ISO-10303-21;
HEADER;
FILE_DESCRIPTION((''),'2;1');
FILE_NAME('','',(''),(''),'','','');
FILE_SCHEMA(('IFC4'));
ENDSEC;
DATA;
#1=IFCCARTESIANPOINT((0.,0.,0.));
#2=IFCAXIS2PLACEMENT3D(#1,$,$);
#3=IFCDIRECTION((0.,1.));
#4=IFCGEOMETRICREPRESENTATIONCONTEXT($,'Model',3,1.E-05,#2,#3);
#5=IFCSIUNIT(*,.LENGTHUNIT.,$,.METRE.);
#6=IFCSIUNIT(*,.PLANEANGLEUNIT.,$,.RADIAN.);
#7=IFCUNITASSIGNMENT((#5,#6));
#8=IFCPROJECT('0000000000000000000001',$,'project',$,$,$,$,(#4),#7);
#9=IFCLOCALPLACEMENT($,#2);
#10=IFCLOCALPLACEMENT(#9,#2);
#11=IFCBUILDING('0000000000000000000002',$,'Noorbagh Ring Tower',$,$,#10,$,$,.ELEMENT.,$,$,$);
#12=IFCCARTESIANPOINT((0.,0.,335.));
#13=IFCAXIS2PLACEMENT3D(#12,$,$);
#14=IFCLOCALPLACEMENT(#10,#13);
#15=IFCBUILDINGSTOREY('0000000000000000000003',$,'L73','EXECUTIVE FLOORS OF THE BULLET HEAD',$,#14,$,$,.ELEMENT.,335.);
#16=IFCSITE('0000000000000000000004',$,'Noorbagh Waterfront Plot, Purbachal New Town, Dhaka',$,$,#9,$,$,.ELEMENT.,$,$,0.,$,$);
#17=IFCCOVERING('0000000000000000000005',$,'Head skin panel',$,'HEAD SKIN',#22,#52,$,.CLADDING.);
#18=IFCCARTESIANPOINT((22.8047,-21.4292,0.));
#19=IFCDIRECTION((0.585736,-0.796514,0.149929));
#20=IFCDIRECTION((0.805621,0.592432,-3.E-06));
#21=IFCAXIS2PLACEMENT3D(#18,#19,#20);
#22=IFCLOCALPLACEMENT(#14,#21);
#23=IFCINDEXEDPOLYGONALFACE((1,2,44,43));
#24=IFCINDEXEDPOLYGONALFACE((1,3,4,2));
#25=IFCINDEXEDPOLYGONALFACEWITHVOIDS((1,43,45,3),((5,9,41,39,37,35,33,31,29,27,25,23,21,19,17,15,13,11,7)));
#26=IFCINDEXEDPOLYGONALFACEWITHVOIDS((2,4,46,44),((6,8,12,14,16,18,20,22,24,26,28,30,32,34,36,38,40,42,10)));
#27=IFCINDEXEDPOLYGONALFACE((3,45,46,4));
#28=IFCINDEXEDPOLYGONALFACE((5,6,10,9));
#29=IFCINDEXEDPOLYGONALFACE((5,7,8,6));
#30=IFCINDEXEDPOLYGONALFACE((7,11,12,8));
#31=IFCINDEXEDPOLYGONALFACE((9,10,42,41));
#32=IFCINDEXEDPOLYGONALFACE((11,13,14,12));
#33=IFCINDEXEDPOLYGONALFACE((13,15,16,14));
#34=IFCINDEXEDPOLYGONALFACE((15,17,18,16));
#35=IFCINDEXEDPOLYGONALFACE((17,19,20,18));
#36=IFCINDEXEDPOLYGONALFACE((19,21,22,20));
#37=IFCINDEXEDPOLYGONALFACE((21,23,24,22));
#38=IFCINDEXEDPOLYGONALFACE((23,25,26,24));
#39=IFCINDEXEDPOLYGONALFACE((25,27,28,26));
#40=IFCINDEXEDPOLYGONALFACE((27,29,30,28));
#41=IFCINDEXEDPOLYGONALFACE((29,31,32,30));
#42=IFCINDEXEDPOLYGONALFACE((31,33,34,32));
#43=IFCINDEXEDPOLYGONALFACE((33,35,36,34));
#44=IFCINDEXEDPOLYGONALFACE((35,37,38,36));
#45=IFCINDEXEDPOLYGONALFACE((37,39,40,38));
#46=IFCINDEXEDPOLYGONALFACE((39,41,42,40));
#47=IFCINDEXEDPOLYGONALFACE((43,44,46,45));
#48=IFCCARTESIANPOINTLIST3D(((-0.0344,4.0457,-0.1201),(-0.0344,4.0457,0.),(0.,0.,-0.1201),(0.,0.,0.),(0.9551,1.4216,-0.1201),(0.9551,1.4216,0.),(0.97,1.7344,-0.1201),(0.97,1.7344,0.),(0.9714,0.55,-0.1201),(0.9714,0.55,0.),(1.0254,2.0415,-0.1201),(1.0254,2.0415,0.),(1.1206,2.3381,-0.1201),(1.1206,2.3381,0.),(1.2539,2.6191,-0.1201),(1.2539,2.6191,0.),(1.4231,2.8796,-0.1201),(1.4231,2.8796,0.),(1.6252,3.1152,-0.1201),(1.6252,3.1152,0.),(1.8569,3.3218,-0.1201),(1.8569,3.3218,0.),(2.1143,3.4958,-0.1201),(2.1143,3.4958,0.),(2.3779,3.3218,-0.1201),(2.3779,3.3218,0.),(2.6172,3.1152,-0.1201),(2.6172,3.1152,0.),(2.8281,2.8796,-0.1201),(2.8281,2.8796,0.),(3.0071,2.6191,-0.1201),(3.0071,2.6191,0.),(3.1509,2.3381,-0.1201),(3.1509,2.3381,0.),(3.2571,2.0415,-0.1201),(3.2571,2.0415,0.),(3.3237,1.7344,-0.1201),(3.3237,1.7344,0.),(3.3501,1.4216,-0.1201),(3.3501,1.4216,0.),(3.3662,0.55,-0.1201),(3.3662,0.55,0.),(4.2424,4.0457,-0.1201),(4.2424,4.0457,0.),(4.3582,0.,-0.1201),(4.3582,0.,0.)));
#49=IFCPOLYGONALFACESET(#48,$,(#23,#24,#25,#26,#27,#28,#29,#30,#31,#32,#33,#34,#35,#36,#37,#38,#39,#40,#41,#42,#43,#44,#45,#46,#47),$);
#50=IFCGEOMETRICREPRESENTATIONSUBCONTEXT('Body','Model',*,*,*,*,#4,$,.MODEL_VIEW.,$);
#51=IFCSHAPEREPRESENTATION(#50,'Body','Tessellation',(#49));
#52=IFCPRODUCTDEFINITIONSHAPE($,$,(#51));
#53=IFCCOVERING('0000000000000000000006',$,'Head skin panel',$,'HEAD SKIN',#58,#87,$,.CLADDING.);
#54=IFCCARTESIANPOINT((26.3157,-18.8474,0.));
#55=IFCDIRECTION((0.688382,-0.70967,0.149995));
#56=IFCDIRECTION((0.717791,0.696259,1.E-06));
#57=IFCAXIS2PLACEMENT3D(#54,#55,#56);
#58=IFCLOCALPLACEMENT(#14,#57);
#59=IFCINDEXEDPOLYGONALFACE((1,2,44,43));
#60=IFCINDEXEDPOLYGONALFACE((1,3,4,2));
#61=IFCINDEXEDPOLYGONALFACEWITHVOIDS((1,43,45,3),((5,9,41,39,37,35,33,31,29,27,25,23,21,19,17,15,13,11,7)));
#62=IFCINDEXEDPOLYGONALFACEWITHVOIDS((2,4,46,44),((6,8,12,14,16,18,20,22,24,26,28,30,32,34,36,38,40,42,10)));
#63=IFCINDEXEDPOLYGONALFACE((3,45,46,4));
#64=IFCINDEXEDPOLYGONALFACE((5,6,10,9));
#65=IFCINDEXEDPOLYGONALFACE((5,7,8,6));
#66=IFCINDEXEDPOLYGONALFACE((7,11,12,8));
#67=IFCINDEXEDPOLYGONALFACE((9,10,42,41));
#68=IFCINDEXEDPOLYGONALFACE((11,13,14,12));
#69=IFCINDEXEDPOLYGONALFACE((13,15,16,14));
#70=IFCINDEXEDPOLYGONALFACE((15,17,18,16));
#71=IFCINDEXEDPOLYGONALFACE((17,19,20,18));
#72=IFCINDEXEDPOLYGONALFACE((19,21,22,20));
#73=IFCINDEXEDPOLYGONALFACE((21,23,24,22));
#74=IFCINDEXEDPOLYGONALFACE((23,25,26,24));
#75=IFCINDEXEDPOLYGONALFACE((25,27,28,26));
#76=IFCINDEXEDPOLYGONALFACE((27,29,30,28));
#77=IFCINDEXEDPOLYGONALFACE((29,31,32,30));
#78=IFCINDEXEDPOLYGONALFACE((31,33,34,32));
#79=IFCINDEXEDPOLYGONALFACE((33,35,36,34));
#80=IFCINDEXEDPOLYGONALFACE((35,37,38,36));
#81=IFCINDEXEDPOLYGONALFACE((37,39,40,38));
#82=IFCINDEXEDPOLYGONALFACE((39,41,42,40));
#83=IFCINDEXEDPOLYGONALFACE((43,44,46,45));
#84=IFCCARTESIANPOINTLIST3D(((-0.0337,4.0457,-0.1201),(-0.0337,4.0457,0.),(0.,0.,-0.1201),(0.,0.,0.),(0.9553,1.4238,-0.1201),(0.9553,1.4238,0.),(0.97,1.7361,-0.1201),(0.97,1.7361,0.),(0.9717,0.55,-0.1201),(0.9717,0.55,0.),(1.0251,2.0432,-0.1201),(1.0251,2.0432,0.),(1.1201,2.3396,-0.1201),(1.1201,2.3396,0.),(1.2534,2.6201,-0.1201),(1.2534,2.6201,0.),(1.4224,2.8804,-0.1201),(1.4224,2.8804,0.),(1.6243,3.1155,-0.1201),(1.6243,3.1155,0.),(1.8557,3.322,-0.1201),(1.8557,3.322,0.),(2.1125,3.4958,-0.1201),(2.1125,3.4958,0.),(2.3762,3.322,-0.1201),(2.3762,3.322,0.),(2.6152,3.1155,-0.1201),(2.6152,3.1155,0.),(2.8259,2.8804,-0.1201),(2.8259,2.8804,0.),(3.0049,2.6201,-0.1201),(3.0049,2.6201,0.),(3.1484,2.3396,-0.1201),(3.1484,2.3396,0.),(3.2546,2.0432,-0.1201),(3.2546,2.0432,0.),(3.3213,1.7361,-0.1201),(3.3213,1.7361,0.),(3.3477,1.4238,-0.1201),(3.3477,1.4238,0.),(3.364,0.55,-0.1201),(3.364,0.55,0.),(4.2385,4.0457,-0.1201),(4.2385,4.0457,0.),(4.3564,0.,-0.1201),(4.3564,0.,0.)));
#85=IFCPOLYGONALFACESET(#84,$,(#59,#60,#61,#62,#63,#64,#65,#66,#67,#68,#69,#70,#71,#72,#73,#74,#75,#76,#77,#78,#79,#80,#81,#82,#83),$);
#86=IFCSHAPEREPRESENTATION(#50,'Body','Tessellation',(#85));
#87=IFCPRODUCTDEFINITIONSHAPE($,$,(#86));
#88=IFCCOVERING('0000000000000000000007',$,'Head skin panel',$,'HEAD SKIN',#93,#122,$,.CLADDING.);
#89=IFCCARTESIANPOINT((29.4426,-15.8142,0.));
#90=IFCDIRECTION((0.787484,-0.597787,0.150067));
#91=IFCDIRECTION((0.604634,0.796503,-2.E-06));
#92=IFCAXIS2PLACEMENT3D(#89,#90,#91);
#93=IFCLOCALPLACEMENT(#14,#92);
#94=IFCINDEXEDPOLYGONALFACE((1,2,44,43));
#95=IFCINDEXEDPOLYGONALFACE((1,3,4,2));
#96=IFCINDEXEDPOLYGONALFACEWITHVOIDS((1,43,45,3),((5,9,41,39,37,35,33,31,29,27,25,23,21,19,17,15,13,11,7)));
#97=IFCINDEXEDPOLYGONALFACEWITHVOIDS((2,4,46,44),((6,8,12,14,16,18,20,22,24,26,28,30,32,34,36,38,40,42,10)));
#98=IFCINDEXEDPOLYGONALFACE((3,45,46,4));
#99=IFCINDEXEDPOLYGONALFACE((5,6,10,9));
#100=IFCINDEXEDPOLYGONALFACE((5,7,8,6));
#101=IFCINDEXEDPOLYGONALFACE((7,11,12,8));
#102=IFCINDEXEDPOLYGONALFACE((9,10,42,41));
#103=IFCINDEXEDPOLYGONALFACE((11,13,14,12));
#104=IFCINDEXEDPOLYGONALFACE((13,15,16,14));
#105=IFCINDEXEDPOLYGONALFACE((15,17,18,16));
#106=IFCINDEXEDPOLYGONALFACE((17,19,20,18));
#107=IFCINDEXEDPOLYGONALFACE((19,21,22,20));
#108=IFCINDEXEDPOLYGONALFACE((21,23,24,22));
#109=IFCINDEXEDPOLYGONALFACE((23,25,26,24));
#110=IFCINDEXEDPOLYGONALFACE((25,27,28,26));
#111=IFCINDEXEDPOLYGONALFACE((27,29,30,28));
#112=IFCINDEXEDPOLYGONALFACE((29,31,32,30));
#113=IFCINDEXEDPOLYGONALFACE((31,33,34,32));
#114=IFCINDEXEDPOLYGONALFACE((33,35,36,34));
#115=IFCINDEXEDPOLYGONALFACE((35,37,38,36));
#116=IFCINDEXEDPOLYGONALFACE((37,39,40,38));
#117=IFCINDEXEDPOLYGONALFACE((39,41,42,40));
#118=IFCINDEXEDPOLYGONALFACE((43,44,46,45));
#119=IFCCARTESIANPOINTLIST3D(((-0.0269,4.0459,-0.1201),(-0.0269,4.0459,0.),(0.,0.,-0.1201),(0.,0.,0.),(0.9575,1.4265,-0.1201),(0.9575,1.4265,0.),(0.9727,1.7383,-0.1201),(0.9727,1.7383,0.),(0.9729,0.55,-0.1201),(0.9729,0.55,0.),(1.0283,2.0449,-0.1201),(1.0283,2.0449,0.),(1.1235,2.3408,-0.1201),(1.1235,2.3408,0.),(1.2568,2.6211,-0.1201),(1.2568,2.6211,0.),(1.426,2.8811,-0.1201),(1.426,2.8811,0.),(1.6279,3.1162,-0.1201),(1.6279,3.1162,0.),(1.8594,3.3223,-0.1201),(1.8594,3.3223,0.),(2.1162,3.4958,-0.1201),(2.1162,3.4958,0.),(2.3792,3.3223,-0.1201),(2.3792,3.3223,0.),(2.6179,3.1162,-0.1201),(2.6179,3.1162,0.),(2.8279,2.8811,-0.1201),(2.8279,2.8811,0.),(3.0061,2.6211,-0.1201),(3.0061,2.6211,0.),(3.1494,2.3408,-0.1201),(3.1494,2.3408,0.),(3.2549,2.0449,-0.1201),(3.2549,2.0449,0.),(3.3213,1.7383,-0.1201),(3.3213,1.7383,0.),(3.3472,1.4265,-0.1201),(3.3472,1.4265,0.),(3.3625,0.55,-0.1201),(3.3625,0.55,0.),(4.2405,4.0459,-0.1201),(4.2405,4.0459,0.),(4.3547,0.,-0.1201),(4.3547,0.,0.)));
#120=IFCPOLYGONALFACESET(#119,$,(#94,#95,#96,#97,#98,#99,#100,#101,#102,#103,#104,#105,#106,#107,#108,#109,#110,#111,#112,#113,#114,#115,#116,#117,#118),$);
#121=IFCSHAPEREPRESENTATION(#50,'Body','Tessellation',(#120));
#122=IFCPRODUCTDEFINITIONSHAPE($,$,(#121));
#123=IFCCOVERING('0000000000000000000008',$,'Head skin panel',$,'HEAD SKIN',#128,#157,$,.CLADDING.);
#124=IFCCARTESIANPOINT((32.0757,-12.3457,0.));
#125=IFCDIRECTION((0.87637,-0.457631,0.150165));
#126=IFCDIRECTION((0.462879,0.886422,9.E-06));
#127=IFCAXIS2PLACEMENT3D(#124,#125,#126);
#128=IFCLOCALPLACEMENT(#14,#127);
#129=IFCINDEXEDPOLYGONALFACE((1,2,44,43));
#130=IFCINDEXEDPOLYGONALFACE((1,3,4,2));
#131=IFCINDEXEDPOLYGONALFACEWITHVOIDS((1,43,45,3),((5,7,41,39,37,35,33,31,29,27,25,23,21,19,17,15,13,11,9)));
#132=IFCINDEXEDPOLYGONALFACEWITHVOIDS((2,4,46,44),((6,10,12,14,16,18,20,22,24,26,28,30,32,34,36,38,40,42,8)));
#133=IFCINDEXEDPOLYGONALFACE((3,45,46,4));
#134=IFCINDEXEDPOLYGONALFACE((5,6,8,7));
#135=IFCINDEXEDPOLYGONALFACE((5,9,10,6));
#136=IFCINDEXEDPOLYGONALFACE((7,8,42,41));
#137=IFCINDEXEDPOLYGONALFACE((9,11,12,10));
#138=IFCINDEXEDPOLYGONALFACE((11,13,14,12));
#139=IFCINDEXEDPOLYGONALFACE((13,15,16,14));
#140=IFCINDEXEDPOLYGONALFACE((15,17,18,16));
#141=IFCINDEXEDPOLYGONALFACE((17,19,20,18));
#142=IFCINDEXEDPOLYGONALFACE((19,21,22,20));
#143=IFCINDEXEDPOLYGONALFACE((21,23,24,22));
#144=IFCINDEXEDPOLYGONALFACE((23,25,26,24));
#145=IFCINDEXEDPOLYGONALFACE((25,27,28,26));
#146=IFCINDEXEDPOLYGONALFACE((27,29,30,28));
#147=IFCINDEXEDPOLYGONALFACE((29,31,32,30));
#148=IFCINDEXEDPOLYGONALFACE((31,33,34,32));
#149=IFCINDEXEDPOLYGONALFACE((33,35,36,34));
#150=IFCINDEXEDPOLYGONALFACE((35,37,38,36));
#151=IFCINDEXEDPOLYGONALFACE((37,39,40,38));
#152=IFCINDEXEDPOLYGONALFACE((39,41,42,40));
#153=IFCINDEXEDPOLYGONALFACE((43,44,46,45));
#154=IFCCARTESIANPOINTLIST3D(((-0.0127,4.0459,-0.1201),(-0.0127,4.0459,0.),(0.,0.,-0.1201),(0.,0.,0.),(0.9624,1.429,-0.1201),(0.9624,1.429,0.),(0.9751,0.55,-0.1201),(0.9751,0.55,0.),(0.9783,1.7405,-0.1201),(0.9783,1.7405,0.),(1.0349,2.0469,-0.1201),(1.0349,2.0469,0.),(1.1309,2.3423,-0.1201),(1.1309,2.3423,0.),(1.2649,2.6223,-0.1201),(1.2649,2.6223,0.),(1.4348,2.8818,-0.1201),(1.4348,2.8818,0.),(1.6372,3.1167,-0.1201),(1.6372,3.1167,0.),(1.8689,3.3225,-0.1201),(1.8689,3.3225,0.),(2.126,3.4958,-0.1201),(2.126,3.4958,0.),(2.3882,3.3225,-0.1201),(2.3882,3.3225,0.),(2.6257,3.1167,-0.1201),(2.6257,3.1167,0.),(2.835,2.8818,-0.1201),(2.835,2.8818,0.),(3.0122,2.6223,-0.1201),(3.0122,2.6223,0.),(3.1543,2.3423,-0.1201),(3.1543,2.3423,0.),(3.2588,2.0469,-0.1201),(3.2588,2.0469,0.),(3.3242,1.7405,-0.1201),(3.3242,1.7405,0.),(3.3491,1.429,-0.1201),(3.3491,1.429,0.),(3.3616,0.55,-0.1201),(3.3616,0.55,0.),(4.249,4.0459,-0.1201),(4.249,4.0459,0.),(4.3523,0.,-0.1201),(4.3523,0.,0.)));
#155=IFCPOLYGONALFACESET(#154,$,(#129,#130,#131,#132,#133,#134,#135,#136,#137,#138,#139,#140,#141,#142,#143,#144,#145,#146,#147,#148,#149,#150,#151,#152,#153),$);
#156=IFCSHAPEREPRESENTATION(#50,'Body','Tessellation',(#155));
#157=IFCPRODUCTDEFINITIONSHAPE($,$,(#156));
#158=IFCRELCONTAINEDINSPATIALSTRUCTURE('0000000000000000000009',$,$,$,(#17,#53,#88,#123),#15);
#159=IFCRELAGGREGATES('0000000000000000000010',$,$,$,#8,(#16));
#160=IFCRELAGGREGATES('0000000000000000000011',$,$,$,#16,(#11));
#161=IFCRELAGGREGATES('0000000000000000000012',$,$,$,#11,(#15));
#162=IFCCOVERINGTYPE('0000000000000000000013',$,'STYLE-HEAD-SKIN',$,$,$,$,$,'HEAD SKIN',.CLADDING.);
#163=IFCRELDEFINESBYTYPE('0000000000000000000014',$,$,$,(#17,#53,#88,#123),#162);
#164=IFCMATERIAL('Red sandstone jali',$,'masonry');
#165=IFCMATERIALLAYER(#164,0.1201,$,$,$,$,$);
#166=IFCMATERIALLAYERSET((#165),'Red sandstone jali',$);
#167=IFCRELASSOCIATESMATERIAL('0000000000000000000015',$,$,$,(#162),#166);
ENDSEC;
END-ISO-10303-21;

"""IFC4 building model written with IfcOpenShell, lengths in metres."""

from ifc_helpers import new_model, si_unit, direction, frame, origin, place, context, subcontext, project, spatial, polyline, outline, extrude, material, layer, layer_set, type_object, element, save


model = new_model("IFC4")

# Units and contexts
model_context = context("Model", 3, precision=1e-05, world=origin(), true_north=direction((0.0, 1.0)))
body_context = subcontext(model_context, "Body", "Model", "MODEL_VIEW")
ifc_project = project(units=[si_unit("LENGTHUNIT", "METRE"), si_unit("PLANEANGLEUNIT", "RADIAN")], contexts=[model_context])

# Site, building, storey
site_placement = place(None, origin())
site = spatial("IfcSite", under=ifc_project, at=site_placement, Name="Noorbagh Waterfront Plot, Purbachal New Town, Dhaka", CompositionType="ELEMENT", RefElevation=0.0)
building_placement = place(site_placement, origin())
building = spatial("IfcBuilding", under=site, at=building_placement, Name="Noorbagh Ring Tower", CompositionType="ELEMENT")
storey_placement = place(building_placement, frame((0.0, 0.0, 335.0)))
storey = spatial("IfcBuildingStorey", under=building, at=storey_placement, Name="L73", Description="EXECUTIVE FLOORS OF THE BULLET HEAD", CompositionType="ELEMENT", Elevation=335.0)

# Coverings
ifc_material_1 = material(Name="Red sandstone jali", Category="masonry")
ifc_layer_1 = layer(ifc_material_1, 0.1201)
ifc_layer_set_1 = layer_set([ifc_layer_1], Name="Red sandstone jali")
covering_type_1 = type_object("IfcCoveringType", Name="STYLE-HEAD-SKIN", ElementType="HEAD SKIN", PredefinedType="CLADDING", material=ifc_layer_set_1)
covering_1_placement = place(storey_placement, frame((22.8047, -21.4292, 0.0), z_axis=(0.585736, -0.796514, 0.149929), x_axis=(0.805621, 0.592432, -0.000003)))
element("IfcCovering", 1, at=covering_1_placement, inside=storey, type_object=covering_type_1, Name="Head skin panel", ObjectType="HEAD SKIN", PredefinedType="CLADDING", context=body_context, shape_type="SweptSolid", body=[
    extrude(outline(polyline([(0.0, 0.0), (4.3582, 0.0), (4.2424, 4.0457), (-0.0344, 4.0457), (0.0, 0.0)]), holes=[polyline([(0.9714, 0.55), (0.9551, 1.4216), (0.97, 1.7344), (1.0254, 2.0415), (1.1206, 2.3381), (1.2539, 2.6191), (1.4231, 2.8796), (1.6252, 3.1152), (1.8569, 3.3218), (2.1143, 3.4958), (2.3779, 3.3218), (2.6172, 3.1152), (2.8281, 2.8796), (3.0071, 2.6191), (3.1509, 2.3381), (3.2571, 2.0415), (3.3237, 1.7344), (3.3501, 1.4216), (3.3662, 0.55), (0.9714, 0.55)])]), origin(), (0.0, 0.0, -1.0), 0.1201),
])
covering_2_placement = place(storey_placement, frame((26.3157, -18.8474, 0.0), z_axis=(0.688382, -0.70967, 0.149995), x_axis=(0.717791, 0.696259, 0.000001)))
element("IfcCovering", 2, at=covering_2_placement, inside=storey, type_object=covering_type_1, Name="Head skin panel", ObjectType="HEAD SKIN", PredefinedType="CLADDING", context=body_context, shape_type="SweptSolid", body=[
    extrude(outline(polyline([(0.0, 0.0), (4.3564, 0.0), (4.2385, 4.0457), (-0.0337, 4.0457), (0.0, 0.0)]), holes=[polyline([(0.9717, 0.55), (0.9553, 1.4238), (0.97, 1.7361), (1.0251, 2.0432), (1.1201, 2.3396), (1.2534, 2.6201), (1.4224, 2.8804), (1.6243, 3.1155), (1.8557, 3.322), (2.1125, 3.4958), (2.3762, 3.322), (2.6152, 3.1155), (2.8259, 2.8804), (3.0049, 2.6201), (3.1484, 2.3396), (3.2546, 2.0432), (3.3213, 1.7361), (3.3477, 1.4238), (3.364, 0.55), (0.9717, 0.55)])]), origin(), (0.0, 0.0, -1.0), 0.1201),
])
covering_3_placement = place(storey_placement, frame((29.4426, -15.8142, 0.0), z_axis=(0.787484, -0.597787, 0.150067), x_axis=(0.604634, 0.796503, -0.000002)))
element("IfcCovering", 3, at=covering_3_placement, inside=storey, type_object=covering_type_1, Name="Head skin panel", ObjectType="HEAD SKIN", PredefinedType="CLADDING", context=body_context, shape_type="SweptSolid", body=[
    extrude(outline(polyline([(0.0, 0.0), (4.3547, 0.0), (4.2405, 4.0459), (-0.0269, 4.0459), (0.0, 0.0)]), holes=[polyline([(0.9729, 0.55), (0.9575, 1.4265), (0.9727, 1.7383), (1.0283, 2.0449), (1.1235, 2.3408), (1.2568, 2.6211), (1.426, 2.8811), (1.6279, 3.1162), (1.8594, 3.3223), (2.1162, 3.4958), (2.3792, 3.3223), (2.6179, 3.1162), (2.8279, 2.8811), (3.0061, 2.6211), (3.1494, 2.3408), (3.2549, 2.0449), (3.3213, 1.7383), (3.3472, 1.4265), (3.3625, 0.55), (0.9729, 0.55)])]), origin(), (0.0, 0.0, -1.0), 0.1201),
])
covering_4_placement = place(storey_placement, frame((32.0757, -12.3457, 0.0), z_axis=(0.87637, -0.457631, 0.150165), x_axis=(0.462879, 0.886422, 0.000009)))
element("IfcCovering", 4, at=covering_4_placement, inside=storey, type_object=covering_type_1, Name="Head skin panel", ObjectType="HEAD SKIN", PredefinedType="CLADDING", context=body_context, shape_type="SweptSolid", body=[
    extrude(outline(polyline([(0.0, 0.0), (4.3523, 0.0), (4.249, 4.0459), (-0.0127, 4.0459), (0.0, 0.0)]), holes=[polyline([(0.9751, 0.55), (0.9624, 1.429), (0.9783, 1.7405), (1.0349, 2.0469), (1.1309, 2.3423), (1.2649, 2.6223), (1.4348, 2.8818), (1.6372, 3.1167), (1.8689, 3.3225), (2.126, 3.4958), (2.3882, 3.3225), (2.6257, 3.1167), (2.835, 2.8818), (3.0122, 2.6223), (3.1543, 2.3423), (3.2588, 2.0469), (3.3242, 1.7405), (3.3491, 1.429), (3.3616, 0.55), (0.9751, 0.55)])]), origin(), (0.0, 0.0, -1.0), 0.1201),
])

save(model, "model.ifc")
